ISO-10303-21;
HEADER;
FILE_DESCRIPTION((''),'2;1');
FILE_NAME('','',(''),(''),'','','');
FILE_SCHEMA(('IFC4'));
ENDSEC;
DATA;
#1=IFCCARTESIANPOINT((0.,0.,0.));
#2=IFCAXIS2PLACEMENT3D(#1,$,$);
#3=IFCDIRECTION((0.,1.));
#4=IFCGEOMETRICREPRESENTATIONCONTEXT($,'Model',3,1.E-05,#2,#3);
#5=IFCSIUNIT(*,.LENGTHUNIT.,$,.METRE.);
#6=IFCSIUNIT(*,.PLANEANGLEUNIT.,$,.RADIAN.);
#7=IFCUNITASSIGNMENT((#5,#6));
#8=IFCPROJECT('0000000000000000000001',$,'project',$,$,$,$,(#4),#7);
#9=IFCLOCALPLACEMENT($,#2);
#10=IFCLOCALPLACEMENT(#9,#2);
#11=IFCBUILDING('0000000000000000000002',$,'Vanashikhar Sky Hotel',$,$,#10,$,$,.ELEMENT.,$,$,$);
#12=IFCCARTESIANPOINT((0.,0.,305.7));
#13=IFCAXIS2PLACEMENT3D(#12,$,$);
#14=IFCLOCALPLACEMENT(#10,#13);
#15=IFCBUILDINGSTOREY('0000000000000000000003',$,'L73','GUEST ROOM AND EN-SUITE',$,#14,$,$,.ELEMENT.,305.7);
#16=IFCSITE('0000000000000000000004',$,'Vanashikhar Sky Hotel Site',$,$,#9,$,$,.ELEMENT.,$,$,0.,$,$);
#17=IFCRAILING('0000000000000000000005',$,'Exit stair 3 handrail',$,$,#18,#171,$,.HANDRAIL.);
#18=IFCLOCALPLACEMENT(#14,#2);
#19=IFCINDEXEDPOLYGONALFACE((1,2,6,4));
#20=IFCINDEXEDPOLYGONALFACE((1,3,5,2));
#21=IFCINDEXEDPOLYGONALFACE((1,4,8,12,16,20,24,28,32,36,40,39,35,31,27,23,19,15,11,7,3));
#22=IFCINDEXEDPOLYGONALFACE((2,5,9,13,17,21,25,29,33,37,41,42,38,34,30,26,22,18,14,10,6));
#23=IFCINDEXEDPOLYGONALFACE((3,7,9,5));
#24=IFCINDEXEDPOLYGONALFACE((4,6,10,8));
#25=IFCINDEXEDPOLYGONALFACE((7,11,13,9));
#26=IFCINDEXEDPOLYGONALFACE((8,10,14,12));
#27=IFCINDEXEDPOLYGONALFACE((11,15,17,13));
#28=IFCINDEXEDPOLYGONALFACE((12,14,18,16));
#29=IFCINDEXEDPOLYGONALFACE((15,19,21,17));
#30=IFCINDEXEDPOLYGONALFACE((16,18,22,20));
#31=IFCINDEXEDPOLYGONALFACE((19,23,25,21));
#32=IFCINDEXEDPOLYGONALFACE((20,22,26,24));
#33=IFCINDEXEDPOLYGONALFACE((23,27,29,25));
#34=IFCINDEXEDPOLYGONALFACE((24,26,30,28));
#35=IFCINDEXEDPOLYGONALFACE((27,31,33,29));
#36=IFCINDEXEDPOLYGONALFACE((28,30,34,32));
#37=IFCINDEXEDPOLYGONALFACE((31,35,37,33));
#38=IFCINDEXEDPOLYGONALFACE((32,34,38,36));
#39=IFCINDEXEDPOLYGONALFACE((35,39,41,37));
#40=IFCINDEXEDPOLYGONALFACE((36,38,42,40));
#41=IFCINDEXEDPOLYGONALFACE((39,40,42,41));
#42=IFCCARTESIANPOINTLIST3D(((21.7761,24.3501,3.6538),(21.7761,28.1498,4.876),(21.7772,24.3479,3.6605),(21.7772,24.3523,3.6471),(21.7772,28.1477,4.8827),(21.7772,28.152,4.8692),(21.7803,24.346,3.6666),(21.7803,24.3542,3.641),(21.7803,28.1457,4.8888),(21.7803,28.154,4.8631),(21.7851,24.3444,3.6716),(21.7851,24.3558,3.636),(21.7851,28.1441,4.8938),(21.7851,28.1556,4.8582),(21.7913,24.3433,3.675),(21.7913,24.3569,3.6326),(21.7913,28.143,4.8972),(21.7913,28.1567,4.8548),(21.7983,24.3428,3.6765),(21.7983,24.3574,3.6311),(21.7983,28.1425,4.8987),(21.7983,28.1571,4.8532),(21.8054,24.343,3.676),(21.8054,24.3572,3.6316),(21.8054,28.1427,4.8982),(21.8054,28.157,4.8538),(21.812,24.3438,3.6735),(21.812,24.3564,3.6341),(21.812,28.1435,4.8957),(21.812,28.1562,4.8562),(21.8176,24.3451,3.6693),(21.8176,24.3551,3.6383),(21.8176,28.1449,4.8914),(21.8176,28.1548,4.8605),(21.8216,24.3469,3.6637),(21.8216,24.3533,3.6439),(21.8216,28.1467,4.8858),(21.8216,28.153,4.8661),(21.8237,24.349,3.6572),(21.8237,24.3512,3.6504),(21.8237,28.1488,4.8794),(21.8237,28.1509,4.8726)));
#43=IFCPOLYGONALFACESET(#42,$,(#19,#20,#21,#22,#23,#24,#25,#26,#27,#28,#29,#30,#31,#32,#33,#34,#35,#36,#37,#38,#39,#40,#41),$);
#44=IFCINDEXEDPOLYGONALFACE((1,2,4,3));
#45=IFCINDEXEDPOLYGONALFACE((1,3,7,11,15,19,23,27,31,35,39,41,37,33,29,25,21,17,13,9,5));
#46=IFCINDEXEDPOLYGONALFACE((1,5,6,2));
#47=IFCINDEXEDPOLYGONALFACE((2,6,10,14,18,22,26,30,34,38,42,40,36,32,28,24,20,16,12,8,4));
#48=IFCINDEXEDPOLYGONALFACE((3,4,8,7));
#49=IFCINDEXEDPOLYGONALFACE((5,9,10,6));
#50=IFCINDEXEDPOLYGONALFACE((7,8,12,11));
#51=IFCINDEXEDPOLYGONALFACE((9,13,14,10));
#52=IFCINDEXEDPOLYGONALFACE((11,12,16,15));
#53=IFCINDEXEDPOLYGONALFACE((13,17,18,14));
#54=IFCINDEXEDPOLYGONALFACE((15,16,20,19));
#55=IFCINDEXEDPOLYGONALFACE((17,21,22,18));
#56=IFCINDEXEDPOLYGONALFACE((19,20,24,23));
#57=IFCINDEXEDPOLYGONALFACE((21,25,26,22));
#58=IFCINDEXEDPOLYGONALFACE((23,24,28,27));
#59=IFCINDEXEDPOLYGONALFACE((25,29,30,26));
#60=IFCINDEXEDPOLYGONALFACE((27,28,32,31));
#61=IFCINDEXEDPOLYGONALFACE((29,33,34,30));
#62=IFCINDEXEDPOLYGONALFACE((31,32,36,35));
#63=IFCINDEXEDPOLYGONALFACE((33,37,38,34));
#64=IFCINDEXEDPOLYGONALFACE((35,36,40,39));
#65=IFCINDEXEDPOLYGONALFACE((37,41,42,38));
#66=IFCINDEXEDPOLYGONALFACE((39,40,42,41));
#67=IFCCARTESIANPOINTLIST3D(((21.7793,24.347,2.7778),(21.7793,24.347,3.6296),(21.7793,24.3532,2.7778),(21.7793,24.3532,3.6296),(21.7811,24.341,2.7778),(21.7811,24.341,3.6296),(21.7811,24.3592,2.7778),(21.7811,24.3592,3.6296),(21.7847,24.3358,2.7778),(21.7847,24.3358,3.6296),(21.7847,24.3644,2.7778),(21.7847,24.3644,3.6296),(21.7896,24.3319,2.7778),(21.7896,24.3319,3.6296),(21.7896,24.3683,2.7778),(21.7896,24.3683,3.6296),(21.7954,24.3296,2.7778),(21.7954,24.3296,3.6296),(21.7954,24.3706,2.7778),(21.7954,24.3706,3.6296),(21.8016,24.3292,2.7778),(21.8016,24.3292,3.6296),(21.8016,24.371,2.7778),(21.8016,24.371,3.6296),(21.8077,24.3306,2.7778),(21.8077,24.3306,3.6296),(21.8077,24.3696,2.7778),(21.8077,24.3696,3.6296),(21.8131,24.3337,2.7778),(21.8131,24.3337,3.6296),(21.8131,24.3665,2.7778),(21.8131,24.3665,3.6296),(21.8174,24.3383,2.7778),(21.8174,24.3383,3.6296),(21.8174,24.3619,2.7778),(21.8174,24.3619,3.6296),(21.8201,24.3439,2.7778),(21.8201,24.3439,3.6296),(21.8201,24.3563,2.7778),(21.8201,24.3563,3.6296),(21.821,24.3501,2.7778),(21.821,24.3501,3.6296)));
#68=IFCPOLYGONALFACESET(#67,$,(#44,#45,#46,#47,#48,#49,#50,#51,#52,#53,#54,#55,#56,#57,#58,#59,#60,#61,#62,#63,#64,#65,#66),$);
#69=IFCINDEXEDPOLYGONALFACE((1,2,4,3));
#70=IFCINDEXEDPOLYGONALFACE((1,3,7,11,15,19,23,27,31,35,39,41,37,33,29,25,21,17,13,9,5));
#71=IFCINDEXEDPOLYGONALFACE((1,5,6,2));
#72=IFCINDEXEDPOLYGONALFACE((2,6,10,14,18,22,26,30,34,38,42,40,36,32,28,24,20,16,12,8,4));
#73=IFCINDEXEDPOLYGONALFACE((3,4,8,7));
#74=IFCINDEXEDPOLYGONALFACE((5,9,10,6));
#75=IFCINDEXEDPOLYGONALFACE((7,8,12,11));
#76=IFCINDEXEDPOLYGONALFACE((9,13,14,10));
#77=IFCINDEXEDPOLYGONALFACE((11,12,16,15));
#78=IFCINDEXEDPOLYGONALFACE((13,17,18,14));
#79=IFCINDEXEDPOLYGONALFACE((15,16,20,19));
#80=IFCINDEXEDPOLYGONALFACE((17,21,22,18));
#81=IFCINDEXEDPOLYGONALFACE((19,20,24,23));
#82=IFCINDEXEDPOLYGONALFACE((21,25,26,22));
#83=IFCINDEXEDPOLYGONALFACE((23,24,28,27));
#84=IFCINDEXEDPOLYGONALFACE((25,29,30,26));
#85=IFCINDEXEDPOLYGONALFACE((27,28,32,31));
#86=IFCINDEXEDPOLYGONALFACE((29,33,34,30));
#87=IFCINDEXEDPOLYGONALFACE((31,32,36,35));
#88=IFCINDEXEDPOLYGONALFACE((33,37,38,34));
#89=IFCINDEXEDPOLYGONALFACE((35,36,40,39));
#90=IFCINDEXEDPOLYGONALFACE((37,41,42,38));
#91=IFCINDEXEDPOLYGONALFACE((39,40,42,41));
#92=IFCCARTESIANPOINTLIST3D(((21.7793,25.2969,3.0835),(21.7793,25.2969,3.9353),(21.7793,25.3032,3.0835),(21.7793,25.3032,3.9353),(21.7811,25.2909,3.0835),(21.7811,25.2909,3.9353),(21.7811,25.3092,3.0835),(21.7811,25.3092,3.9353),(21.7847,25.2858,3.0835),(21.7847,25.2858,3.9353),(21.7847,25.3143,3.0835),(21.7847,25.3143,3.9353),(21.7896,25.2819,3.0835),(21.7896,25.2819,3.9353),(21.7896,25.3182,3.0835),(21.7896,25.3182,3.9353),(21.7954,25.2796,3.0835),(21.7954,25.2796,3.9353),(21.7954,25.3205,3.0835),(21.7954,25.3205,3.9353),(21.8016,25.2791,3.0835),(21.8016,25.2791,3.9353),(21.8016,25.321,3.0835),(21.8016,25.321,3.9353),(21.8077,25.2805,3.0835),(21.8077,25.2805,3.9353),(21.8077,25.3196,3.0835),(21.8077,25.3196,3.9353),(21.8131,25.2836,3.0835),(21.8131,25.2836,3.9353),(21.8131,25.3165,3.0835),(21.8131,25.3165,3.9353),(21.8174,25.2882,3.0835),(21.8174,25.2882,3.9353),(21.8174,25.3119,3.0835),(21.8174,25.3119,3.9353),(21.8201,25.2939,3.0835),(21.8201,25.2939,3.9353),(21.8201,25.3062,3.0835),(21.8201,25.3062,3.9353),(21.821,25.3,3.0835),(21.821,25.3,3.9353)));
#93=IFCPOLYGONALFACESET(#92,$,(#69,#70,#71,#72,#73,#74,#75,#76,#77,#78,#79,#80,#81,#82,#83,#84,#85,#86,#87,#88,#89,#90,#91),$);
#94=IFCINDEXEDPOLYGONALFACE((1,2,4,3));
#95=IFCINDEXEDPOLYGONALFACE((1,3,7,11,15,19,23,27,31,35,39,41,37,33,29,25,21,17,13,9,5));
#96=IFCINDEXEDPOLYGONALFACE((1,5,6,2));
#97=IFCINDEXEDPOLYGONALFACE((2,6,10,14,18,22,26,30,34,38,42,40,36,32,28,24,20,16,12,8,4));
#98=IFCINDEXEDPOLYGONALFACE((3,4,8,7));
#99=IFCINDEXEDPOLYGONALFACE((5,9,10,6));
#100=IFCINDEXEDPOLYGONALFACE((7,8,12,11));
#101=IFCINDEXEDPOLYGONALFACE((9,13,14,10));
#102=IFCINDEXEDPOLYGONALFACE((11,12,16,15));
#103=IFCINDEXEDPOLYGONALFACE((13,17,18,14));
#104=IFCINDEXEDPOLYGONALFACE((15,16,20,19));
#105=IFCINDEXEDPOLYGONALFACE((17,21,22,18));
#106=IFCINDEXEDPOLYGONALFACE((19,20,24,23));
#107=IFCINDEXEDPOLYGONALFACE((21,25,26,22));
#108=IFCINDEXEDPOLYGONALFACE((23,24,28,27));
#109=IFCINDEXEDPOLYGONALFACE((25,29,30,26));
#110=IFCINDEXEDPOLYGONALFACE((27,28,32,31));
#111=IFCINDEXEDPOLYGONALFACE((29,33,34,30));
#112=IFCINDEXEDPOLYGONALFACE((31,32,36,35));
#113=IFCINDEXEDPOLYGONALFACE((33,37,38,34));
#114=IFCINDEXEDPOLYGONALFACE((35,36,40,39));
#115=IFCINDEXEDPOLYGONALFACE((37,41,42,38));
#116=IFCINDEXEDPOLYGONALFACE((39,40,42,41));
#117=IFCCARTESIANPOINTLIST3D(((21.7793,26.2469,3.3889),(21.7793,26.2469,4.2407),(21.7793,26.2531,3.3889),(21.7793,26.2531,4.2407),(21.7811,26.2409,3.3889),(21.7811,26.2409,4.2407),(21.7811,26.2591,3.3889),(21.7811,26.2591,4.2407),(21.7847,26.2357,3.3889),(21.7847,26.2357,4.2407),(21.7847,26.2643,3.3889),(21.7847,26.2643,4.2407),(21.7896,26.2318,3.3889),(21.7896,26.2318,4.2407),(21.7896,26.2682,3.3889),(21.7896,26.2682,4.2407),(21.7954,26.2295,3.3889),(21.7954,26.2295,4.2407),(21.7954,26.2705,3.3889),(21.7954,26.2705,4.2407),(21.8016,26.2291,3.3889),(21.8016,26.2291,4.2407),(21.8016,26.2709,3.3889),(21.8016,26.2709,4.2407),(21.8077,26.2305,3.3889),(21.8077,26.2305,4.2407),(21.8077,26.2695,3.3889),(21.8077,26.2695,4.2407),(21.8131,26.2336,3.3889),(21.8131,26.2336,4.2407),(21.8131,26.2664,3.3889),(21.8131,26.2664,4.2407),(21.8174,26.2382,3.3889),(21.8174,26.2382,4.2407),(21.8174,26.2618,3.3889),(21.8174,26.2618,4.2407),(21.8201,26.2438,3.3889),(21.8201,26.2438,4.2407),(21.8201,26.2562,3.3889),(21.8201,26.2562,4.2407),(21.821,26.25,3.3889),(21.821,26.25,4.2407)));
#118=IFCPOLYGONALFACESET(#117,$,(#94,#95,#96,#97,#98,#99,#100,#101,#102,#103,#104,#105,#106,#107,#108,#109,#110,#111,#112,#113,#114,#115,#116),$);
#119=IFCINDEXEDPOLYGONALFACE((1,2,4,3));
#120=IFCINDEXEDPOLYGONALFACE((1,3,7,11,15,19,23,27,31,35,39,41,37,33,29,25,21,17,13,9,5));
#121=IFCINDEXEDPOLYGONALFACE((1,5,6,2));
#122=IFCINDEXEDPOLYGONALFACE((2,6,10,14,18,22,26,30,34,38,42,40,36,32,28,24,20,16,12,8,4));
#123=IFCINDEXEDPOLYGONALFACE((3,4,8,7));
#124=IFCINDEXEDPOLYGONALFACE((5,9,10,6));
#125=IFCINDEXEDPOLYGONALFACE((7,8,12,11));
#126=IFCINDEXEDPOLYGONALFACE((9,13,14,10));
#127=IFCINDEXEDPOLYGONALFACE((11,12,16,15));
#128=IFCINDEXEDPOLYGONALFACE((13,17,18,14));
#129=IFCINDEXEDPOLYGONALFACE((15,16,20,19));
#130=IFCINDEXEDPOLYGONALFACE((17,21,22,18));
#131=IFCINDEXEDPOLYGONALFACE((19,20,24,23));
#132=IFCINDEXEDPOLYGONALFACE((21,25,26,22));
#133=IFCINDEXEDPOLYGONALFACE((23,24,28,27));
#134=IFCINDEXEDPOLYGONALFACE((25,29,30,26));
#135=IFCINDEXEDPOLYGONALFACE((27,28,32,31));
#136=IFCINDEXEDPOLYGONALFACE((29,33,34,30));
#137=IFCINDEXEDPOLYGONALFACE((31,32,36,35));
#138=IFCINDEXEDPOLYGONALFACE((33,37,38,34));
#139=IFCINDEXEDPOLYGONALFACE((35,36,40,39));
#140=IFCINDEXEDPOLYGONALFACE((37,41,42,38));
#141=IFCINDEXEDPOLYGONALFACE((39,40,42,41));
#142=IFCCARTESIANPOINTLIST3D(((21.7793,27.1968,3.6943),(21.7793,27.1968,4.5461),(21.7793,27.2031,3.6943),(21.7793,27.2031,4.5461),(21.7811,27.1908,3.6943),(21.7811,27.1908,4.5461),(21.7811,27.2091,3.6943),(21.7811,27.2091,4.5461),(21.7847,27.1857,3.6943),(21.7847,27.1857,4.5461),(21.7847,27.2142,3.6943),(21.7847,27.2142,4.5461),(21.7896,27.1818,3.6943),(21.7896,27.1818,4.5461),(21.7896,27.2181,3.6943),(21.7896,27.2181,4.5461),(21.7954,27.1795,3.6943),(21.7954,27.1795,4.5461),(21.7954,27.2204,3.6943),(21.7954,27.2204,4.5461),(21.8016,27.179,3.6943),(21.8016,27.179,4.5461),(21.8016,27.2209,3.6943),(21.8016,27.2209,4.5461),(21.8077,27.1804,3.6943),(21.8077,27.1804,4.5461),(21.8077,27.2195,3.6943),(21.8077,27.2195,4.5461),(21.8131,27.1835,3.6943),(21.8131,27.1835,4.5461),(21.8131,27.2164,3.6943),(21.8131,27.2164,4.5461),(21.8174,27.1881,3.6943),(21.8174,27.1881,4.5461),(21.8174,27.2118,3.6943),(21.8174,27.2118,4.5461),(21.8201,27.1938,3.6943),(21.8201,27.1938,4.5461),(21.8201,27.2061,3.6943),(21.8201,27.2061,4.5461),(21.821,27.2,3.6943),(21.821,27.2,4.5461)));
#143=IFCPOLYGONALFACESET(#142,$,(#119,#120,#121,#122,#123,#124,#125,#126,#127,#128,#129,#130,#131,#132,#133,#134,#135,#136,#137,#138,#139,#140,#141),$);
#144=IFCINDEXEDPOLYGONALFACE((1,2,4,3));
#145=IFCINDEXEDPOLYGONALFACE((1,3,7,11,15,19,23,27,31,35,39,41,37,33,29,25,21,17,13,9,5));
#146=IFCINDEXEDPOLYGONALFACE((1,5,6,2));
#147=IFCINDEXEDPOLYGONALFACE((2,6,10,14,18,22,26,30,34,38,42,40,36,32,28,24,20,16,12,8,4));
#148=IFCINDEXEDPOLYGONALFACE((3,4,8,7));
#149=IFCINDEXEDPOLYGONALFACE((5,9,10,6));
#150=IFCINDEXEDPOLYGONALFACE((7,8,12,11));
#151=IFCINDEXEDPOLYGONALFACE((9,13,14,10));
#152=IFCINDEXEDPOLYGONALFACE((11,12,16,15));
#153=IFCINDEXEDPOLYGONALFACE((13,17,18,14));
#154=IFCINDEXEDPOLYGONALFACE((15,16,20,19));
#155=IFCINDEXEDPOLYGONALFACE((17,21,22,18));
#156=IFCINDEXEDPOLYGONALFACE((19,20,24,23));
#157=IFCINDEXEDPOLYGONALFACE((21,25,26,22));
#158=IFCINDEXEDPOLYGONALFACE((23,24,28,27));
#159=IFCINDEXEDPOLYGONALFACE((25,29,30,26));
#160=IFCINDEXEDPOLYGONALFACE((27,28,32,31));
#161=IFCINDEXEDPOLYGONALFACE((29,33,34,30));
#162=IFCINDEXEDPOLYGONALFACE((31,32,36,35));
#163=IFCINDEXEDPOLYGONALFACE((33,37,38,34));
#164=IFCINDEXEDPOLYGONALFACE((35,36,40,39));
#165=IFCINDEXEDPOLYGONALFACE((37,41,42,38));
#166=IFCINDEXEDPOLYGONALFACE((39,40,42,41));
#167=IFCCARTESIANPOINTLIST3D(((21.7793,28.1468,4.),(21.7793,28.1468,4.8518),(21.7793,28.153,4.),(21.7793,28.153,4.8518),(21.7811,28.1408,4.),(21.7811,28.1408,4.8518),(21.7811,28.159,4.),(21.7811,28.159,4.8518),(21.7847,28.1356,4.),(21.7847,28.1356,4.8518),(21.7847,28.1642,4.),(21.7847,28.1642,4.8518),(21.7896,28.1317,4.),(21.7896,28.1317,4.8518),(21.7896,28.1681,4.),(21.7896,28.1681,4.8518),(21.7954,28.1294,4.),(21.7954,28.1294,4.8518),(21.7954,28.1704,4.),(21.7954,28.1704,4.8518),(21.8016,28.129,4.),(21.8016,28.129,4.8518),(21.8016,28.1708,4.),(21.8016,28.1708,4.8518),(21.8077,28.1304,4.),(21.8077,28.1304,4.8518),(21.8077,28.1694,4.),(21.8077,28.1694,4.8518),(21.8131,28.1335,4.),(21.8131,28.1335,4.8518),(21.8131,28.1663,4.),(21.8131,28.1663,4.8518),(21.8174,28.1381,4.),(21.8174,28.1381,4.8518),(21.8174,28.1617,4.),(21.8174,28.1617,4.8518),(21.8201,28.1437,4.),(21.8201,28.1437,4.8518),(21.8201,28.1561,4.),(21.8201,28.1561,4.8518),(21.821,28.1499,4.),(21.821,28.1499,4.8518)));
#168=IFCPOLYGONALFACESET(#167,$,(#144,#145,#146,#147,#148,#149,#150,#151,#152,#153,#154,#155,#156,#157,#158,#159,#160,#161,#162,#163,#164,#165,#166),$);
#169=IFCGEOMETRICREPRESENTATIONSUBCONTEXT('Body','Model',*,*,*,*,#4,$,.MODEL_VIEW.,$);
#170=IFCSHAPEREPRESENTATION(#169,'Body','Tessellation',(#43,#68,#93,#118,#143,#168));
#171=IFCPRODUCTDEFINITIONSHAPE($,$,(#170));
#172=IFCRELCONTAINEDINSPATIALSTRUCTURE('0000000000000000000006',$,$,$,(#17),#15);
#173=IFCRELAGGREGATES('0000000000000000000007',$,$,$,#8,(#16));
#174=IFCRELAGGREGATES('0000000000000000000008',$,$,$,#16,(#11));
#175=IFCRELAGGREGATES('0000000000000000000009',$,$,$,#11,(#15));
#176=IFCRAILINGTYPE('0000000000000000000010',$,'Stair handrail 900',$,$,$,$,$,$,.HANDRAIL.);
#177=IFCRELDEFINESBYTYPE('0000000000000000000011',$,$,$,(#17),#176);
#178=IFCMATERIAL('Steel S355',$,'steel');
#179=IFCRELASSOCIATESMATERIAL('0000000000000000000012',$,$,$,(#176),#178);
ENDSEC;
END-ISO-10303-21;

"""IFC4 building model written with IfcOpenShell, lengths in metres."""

from ifc_helpers import new_model, si_unit, direction, frame, origin, origin_2d, place, context, subcontext, project, spatial, circle, extrude, source, transform, mapped, material, type_object, element, save


model = new_model("IFC4")

# Units and contexts
model_context = context("Model", 3, precision=1e-05, world=origin(), true_north=direction((0.0, 1.0)))
body_context = subcontext(model_context, "Body", "Model", "MODEL_VIEW")
ifc_project = project(units=[si_unit("LENGTHUNIT", "METRE"), si_unit("PLANEANGLEUNIT", "RADIAN")], contexts=[model_context])

# Site, building, storey
site_placement = place(None, origin())
site = spatial("IfcSite", under=ifc_project, at=site_placement, Name="Vanashikhar Sky Hotel Site", CompositionType="ELEMENT", RefElevation=0.0)
building_placement = place(site_placement, origin())
building = spatial("IfcBuilding", under=site, at=building_placement, Name="Vanashikhar Sky Hotel", CompositionType="ELEMENT")
storey_placement = place(building_placement, frame((0.0, 0.0, 305.7)))
storey = spatial("IfcBuildingStorey", under=building, at=storey_placement, Name="L73", Description="GUEST ROOM AND EN-SUITE", CompositionType="ELEMENT", Elevation=305.7)

# Railing
ifc_material_1 = material(Name="Steel S355", Category="steel")
railing_type_1 = type_object("IfcRailingType", Name="Stair handrail 900", PredefinedType="HANDRAIL", material=ifc_material_1)
shared_shape_1 = source(origin(), body_context, "Body", "SweptSolid", [
    extrude(circle(Radius=0.0239, at=origin_2d()), frame((0.0, 0.0, 0.876), z_axis=(0.0, 0.95197, 0.306191), x_axis=(-1.0, 0.0, 0.0)), (0.0, 0.0, 1.0), 3.9915),
    extrude(circle(Radius=0.021, at=origin_2d()), origin(), (0.0, 0.0, 1.0), 0.8518),
    extrude(circle(Radius=0.021, at=origin_2d()), frame((0.0, 0.95, 0.3057)), (0.0, 0.0, 1.0), 0.8518),
    extrude(circle(Radius=0.021, at=origin_2d()), frame((0.0, 1.8999, 0.6111)), (0.0, 0.0, 1.0), 0.8518),
    extrude(circle(Radius=0.021, at=origin_2d()), frame((0.0, 2.8499, 0.9165)), (0.0, 0.0, 1.0), 0.8518),
    extrude(circle(Radius=0.021, at=origin_2d()), frame((0.0, 3.7998, 1.2222)), (0.0, 0.0, 1.0), 0.8518),
])
railing_1_placement = place(storey_placement, frame((21.8, 24.3501, 2.7778)))
element("IfcRailing", 1, at=railing_1_placement, inside=storey, type_object=railing_type_1, Name="Exit stair 3 handrail", PredefinedType="HANDRAIL", context=body_context, shape_type="MappedRepresentation", body=[
    mapped(shared_shape_1, transform((0.0, 0.0, 0.0), scale=1.0)),
])

save(model, "model.ifc")
